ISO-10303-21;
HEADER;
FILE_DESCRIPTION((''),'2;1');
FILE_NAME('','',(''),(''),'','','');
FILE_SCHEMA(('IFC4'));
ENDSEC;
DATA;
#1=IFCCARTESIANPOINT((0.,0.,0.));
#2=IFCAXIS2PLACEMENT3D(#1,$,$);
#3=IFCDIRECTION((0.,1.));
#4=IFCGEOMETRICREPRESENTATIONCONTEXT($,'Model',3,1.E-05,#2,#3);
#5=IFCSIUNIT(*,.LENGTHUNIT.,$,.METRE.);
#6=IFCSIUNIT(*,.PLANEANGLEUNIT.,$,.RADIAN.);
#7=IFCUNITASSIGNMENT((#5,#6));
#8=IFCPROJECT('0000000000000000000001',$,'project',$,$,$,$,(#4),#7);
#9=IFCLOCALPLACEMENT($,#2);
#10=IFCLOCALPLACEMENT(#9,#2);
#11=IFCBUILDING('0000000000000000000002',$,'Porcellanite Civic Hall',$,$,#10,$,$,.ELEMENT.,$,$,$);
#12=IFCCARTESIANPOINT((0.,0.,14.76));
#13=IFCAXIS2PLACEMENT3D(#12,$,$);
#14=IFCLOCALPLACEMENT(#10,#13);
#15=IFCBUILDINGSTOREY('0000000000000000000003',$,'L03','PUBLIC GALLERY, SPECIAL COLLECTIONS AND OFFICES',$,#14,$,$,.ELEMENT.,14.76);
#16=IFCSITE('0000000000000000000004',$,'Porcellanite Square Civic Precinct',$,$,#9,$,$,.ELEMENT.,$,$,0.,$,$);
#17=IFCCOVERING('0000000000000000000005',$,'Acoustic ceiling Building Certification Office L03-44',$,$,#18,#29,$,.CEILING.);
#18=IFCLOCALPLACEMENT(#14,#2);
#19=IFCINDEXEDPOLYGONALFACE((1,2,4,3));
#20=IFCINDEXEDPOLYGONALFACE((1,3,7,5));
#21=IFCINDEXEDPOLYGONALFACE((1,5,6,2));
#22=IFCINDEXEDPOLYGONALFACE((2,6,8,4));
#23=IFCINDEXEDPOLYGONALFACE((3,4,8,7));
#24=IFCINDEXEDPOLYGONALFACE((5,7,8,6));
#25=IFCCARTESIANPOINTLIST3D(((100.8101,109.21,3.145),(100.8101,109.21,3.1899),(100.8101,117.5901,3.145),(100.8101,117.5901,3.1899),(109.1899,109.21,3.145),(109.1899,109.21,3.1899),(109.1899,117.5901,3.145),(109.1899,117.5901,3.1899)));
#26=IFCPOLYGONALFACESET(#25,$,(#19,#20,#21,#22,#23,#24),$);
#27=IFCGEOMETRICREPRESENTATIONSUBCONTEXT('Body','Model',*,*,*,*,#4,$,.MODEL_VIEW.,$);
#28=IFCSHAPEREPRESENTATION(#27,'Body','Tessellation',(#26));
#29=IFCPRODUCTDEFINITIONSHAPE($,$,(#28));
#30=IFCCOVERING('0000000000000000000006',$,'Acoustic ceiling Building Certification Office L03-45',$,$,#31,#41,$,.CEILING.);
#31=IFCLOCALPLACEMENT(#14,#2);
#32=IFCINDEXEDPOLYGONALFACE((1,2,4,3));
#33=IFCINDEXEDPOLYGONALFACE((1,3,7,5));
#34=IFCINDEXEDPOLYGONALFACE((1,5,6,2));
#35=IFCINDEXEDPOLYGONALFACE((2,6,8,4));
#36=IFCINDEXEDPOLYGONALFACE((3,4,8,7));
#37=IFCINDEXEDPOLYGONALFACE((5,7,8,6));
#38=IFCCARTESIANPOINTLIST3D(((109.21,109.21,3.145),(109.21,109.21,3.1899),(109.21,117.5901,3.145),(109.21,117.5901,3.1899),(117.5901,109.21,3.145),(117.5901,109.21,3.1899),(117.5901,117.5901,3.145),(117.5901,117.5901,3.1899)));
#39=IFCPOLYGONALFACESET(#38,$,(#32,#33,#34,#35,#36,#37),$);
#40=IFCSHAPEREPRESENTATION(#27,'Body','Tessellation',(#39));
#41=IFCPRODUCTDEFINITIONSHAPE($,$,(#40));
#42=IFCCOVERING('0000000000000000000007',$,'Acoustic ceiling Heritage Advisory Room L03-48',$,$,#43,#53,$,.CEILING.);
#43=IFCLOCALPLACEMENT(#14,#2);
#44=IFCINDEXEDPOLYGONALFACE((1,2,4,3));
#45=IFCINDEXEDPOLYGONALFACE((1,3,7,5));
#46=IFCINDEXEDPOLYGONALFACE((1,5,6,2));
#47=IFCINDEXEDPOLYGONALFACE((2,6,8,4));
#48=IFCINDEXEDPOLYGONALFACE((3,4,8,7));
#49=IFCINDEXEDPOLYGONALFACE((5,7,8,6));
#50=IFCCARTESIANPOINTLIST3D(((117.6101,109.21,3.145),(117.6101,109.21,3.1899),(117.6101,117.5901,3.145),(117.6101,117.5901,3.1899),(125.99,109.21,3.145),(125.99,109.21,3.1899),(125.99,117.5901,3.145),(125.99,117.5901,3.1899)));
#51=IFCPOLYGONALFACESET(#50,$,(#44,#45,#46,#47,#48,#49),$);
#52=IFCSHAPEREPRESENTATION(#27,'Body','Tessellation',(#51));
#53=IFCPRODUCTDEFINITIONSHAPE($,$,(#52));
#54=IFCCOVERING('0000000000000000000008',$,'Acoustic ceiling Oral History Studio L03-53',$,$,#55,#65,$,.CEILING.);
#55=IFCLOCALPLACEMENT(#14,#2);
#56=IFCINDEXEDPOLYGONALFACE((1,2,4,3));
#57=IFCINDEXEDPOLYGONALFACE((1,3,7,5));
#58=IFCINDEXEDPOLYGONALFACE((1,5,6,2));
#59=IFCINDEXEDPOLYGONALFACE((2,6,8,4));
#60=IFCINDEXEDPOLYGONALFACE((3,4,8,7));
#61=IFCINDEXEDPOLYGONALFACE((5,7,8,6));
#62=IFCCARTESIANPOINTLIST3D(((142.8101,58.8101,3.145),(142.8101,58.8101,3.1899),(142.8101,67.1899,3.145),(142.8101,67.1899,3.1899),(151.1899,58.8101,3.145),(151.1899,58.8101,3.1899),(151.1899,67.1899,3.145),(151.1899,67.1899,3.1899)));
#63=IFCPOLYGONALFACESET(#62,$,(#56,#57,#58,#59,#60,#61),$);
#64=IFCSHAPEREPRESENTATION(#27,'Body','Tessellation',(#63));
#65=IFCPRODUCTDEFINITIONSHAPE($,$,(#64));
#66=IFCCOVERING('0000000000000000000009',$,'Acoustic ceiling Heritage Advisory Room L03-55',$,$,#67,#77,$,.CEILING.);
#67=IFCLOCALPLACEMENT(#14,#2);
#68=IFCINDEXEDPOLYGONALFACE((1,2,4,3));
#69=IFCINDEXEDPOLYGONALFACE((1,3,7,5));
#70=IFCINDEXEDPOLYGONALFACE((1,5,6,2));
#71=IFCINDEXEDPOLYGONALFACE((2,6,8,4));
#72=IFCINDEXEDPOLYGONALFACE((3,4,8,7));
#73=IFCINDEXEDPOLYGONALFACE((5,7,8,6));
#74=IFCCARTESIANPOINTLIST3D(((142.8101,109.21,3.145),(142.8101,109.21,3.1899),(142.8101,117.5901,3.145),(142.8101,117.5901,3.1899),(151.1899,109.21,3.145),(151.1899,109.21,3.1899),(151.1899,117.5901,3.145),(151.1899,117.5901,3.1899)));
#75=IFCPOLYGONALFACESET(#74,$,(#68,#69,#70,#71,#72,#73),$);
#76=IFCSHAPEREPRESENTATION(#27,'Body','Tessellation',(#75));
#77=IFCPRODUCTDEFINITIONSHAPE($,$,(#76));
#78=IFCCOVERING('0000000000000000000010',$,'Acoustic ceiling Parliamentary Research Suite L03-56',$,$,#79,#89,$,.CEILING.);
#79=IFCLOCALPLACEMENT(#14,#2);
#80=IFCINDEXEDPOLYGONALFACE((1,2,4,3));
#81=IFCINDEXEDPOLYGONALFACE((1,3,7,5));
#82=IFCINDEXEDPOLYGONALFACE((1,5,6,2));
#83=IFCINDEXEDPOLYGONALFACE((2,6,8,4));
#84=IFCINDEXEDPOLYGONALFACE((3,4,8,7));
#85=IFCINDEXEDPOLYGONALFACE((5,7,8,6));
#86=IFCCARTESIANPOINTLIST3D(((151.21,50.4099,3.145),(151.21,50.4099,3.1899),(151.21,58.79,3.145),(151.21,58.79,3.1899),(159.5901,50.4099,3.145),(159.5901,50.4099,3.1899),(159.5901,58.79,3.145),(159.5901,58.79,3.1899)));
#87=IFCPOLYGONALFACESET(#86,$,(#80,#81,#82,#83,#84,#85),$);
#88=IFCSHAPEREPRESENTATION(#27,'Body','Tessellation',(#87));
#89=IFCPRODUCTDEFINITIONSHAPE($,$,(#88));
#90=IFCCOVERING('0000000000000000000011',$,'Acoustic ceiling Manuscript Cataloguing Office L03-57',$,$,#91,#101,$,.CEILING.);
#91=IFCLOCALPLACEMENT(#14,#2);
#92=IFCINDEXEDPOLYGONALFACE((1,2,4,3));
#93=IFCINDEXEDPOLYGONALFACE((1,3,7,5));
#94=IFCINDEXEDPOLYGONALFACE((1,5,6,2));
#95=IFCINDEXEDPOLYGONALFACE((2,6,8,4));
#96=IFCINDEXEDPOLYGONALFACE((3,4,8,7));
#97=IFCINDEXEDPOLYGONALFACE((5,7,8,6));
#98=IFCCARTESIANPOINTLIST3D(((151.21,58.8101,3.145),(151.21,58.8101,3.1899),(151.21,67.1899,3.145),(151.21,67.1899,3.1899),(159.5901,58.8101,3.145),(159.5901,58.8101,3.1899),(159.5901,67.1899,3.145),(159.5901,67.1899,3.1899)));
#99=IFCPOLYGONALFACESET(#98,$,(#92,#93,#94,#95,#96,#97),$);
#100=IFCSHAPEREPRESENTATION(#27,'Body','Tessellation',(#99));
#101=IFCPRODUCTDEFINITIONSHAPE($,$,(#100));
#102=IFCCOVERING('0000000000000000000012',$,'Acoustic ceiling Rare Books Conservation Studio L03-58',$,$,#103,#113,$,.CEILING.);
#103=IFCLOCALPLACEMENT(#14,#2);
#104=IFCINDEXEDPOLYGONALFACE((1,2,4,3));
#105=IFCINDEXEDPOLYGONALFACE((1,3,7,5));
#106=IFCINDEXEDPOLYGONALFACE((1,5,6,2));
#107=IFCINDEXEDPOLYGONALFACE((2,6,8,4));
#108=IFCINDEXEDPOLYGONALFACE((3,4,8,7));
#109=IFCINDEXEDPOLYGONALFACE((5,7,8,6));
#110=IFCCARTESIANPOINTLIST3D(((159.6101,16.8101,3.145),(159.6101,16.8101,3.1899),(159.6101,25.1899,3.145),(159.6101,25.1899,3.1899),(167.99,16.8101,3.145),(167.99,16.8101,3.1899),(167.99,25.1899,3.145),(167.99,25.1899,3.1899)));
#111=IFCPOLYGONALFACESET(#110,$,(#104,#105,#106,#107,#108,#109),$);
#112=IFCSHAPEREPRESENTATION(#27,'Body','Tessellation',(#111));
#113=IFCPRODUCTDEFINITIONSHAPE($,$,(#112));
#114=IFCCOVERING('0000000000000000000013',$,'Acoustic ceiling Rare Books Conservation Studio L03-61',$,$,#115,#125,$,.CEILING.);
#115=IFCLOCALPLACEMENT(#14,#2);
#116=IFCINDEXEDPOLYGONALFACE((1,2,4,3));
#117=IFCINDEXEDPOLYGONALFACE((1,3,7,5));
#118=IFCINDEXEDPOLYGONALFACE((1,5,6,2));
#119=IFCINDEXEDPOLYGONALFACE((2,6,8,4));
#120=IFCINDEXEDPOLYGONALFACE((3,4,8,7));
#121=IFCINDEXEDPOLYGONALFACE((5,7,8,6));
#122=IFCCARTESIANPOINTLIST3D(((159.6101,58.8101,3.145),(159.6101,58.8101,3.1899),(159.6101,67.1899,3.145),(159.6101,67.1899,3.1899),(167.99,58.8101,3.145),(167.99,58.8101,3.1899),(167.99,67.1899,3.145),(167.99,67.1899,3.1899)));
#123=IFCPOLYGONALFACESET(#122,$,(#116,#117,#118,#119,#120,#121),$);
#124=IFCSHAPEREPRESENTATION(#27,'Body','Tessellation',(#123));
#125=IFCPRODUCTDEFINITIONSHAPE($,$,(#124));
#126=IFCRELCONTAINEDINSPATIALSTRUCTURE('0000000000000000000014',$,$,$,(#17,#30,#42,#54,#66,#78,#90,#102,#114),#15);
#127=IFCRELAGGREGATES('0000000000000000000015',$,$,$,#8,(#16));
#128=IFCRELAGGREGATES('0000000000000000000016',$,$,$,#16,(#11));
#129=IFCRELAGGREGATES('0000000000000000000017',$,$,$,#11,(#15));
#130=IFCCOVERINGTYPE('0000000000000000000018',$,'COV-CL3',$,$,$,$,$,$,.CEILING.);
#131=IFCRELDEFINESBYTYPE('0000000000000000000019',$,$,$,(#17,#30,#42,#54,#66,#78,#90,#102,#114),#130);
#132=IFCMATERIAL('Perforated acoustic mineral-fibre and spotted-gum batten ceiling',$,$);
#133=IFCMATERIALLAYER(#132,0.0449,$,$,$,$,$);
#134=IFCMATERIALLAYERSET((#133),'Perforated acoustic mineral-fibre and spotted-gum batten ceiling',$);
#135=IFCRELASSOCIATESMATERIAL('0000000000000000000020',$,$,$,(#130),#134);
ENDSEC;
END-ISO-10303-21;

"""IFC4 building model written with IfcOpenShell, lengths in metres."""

from ifc_helpers import new_model, si_unit, direction, frame, origin, place, context, subcontext, project, spatial, polyline, outline, extrude, material, layer, layer_set, type_object, element, save


model = new_model("IFC4")

# Units and contexts
model_context = context("Model", 3, precision=1e-05, world=origin(), true_north=direction((0.0, 1.0)))
body_context = subcontext(model_context, "Body", "Model", "MODEL_VIEW")
ifc_project = project(units=[si_unit("LENGTHUNIT", "METRE"), si_unit("PLANEANGLEUNIT", "RADIAN")], contexts=[model_context])

# Site, building, storey
site_placement = place(None, origin())
site = spatial("IfcSite", under=ifc_project, at=site_placement, Name="Porcellanite Square Civic Precinct", CompositionType="ELEMENT", RefElevation=0.0)
building_placement = place(site_placement, origin())
building = spatial("IfcBuilding", under=site, at=building_placement, Name="Porcellanite Civic Hall", CompositionType="ELEMENT")
storey_placement = place(building_placement, frame((0.0, 0.0, 14.76)))
storey = spatial("IfcBuildingStorey", under=building, at=storey_placement, Name="L03", Description="PUBLIC GALLERY, SPECIAL COLLECTIONS AND OFFICES", CompositionType="ELEMENT", Elevation=14.76)

# Coverings
ifc_material_1 = material(Name="Perforated acoustic mineral-fibre and spotted-gum batten ceiling")
ifc_layer = layer(ifc_material_1, 0.0449)
ifc_layer_set = layer_set([ifc_layer], Name="Perforated acoustic mineral-fibre and spotted-gum batten ceiling")
covering_type = type_object("IfcCoveringType", Name="COV-CL3", PredefinedType="CEILING", material=ifc_layer_set)
covering_1_placement = place(storey_placement, frame((0.0, 0.0, 3.145)))
element("IfcCovering", 1, at=covering_1_placement, inside=storey, type_object=covering_type, Name="Acoustic ceiling Building Certification Office L03-44", PredefinedType="CEILING", context=body_context, shape_type="SweptSolid", body=[
    extrude(outline(polyline([(100.8101, 109.21), (109.1899, 109.21), (109.1899, 117.5901), (100.8101, 117.5901), (100.8101, 109.21)])), origin(), (0.0, 0.0, 1.0), 0.0449),
])
covering_2_placement = place(storey_placement, frame((0.0, 0.0, 3.145)))
element("IfcCovering", 2, at=covering_2_placement, inside=storey, type_object=covering_type, Name="Acoustic ceiling Building Certification Office L03-45", PredefinedType="CEILING", context=body_context, shape_type="SweptSolid", body=[
    extrude(outline(polyline([(109.21, 109.21), (117.5901, 109.21), (117.5901, 117.5901), (109.21, 117.5901), (109.21, 109.21)])), origin(), (0.0, 0.0, 1.0), 0.0449),
])
covering_3_placement = place(storey_placement, frame((0.0, 0.0, 3.145)))
element("IfcCovering", 3, at=covering_3_placement, inside=storey, type_object=covering_type, Name="Acoustic ceiling Heritage Advisory Room L03-48", PredefinedType="CEILING", context=body_context, shape_type="SweptSolid", body=[
    extrude(outline(polyline([(117.6101, 109.21), (125.99, 109.21), (125.99, 117.5901), (117.6101, 117.5901), (117.6101, 109.21)])), origin(), (0.0, 0.0, 1.0), 0.0449),
])
covering_4_placement = place(storey_placement, frame((0.0, 0.0, 3.145)))
element("IfcCovering", 4, at=covering_4_placement, inside=storey, type_object=covering_type, Name="Acoustic ceiling Oral History Studio L03-53", PredefinedType="CEILING", context=body_context, shape_type="SweptSolid", body=[
    extrude(outline(polyline([(142.8101, 58.8101), (151.1899, 58.8101), (151.1899, 67.1899), (142.8101, 67.1899), (142.8101, 58.8101)])), origin(), (0.0, 0.0, 1.0), 0.0449),
])
covering_5_placement = place(storey_placement, frame((0.0, 0.0, 3.145)))
element("IfcCovering", 5, at=covering_5_placement, inside=storey, type_object=covering_type, Name="Acoustic ceiling Heritage Advisory Room L03-55", PredefinedType="CEILING", context=body_context, shape_type="SweptSolid", body=[
    extrude(outline(polyline([(142.8101, 109.21), (151.1899, 109.21), (151.1899, 117.5901), (142.8101, 117.5901), (142.8101, 109.21)])), origin(), (0.0, 0.0, 1.0), 0.0449),
])
covering_6_placement = place(storey_placement, frame((0.0, 0.0, 3.145)))
element("IfcCovering", 6, at=covering_6_placement, inside=storey, type_object=covering_type, Name="Acoustic ceiling Parliamentary Research Suite L03-56", PredefinedType="CEILING", context=body_context, shape_type="SweptSolid", body=[
    extrude(outline(polyline([(151.21, 50.4099), (159.5901, 50.4099), (159.5901, 58.79), (151.21, 58.79), (151.21, 50.4099)])), origin(), (0.0, 0.0, 1.0), 0.0449),
])
covering_7_placement = place(storey_placement, frame((0.0, 0.0, 3.145)))
element("IfcCovering", 7, at=covering_7_placement, inside=storey, type_object=covering_type, Name="Acoustic ceiling Manuscript Cataloguing Office L03-57", PredefinedType="CEILING", context=body_context, shape_type="SweptSolid", body=[
    extrude(outline(polyline([(151.21, 58.8101), (159.5901, 58.8101), (159.5901, 67.1899), (151.21, 67.1899), (151.21, 58.8101)])), origin(), (0.0, 0.0, 1.0), 0.0449),
])
covering_8_placement = place(storey_placement, frame((0.0, 0.0, 3.145)))
element("IfcCovering", 8, at=covering_8_placement, inside=storey, type_object=covering_type, Name="Acoustic ceiling Rare Books Conservation Studio L03-58", PredefinedType="CEILING", context=body_context, shape_type="SweptSolid", body=[
    extrude(outline(polyline([(159.6101, 16.8101), (167.99, 16.8101), (167.99, 25.1899), (159.6101, 25.1899), (159.6101, 16.8101)])), origin(), (0.0, 0.0, 1.0), 0.0449),
])
covering_9_placement = place(storey_placement, frame((0.0, 0.0, 3.145)))
element("IfcCovering", 9, at=covering_9_placement, inside=storey, type_object=covering_type, Name="Acoustic ceiling Rare Books Conservation Studio L03-61", PredefinedType="CEILING", context=body_context, shape_type="SweptSolid", body=[
    extrude(outline(polyline([(159.6101, 58.8101), (167.99, 58.8101), (167.99, 67.1899), (159.6101, 67.1899), (159.6101, 58.8101)])), origin(), (0.0, 0.0, 1.0), 0.0449),
])

save(model, "model.ifc")
